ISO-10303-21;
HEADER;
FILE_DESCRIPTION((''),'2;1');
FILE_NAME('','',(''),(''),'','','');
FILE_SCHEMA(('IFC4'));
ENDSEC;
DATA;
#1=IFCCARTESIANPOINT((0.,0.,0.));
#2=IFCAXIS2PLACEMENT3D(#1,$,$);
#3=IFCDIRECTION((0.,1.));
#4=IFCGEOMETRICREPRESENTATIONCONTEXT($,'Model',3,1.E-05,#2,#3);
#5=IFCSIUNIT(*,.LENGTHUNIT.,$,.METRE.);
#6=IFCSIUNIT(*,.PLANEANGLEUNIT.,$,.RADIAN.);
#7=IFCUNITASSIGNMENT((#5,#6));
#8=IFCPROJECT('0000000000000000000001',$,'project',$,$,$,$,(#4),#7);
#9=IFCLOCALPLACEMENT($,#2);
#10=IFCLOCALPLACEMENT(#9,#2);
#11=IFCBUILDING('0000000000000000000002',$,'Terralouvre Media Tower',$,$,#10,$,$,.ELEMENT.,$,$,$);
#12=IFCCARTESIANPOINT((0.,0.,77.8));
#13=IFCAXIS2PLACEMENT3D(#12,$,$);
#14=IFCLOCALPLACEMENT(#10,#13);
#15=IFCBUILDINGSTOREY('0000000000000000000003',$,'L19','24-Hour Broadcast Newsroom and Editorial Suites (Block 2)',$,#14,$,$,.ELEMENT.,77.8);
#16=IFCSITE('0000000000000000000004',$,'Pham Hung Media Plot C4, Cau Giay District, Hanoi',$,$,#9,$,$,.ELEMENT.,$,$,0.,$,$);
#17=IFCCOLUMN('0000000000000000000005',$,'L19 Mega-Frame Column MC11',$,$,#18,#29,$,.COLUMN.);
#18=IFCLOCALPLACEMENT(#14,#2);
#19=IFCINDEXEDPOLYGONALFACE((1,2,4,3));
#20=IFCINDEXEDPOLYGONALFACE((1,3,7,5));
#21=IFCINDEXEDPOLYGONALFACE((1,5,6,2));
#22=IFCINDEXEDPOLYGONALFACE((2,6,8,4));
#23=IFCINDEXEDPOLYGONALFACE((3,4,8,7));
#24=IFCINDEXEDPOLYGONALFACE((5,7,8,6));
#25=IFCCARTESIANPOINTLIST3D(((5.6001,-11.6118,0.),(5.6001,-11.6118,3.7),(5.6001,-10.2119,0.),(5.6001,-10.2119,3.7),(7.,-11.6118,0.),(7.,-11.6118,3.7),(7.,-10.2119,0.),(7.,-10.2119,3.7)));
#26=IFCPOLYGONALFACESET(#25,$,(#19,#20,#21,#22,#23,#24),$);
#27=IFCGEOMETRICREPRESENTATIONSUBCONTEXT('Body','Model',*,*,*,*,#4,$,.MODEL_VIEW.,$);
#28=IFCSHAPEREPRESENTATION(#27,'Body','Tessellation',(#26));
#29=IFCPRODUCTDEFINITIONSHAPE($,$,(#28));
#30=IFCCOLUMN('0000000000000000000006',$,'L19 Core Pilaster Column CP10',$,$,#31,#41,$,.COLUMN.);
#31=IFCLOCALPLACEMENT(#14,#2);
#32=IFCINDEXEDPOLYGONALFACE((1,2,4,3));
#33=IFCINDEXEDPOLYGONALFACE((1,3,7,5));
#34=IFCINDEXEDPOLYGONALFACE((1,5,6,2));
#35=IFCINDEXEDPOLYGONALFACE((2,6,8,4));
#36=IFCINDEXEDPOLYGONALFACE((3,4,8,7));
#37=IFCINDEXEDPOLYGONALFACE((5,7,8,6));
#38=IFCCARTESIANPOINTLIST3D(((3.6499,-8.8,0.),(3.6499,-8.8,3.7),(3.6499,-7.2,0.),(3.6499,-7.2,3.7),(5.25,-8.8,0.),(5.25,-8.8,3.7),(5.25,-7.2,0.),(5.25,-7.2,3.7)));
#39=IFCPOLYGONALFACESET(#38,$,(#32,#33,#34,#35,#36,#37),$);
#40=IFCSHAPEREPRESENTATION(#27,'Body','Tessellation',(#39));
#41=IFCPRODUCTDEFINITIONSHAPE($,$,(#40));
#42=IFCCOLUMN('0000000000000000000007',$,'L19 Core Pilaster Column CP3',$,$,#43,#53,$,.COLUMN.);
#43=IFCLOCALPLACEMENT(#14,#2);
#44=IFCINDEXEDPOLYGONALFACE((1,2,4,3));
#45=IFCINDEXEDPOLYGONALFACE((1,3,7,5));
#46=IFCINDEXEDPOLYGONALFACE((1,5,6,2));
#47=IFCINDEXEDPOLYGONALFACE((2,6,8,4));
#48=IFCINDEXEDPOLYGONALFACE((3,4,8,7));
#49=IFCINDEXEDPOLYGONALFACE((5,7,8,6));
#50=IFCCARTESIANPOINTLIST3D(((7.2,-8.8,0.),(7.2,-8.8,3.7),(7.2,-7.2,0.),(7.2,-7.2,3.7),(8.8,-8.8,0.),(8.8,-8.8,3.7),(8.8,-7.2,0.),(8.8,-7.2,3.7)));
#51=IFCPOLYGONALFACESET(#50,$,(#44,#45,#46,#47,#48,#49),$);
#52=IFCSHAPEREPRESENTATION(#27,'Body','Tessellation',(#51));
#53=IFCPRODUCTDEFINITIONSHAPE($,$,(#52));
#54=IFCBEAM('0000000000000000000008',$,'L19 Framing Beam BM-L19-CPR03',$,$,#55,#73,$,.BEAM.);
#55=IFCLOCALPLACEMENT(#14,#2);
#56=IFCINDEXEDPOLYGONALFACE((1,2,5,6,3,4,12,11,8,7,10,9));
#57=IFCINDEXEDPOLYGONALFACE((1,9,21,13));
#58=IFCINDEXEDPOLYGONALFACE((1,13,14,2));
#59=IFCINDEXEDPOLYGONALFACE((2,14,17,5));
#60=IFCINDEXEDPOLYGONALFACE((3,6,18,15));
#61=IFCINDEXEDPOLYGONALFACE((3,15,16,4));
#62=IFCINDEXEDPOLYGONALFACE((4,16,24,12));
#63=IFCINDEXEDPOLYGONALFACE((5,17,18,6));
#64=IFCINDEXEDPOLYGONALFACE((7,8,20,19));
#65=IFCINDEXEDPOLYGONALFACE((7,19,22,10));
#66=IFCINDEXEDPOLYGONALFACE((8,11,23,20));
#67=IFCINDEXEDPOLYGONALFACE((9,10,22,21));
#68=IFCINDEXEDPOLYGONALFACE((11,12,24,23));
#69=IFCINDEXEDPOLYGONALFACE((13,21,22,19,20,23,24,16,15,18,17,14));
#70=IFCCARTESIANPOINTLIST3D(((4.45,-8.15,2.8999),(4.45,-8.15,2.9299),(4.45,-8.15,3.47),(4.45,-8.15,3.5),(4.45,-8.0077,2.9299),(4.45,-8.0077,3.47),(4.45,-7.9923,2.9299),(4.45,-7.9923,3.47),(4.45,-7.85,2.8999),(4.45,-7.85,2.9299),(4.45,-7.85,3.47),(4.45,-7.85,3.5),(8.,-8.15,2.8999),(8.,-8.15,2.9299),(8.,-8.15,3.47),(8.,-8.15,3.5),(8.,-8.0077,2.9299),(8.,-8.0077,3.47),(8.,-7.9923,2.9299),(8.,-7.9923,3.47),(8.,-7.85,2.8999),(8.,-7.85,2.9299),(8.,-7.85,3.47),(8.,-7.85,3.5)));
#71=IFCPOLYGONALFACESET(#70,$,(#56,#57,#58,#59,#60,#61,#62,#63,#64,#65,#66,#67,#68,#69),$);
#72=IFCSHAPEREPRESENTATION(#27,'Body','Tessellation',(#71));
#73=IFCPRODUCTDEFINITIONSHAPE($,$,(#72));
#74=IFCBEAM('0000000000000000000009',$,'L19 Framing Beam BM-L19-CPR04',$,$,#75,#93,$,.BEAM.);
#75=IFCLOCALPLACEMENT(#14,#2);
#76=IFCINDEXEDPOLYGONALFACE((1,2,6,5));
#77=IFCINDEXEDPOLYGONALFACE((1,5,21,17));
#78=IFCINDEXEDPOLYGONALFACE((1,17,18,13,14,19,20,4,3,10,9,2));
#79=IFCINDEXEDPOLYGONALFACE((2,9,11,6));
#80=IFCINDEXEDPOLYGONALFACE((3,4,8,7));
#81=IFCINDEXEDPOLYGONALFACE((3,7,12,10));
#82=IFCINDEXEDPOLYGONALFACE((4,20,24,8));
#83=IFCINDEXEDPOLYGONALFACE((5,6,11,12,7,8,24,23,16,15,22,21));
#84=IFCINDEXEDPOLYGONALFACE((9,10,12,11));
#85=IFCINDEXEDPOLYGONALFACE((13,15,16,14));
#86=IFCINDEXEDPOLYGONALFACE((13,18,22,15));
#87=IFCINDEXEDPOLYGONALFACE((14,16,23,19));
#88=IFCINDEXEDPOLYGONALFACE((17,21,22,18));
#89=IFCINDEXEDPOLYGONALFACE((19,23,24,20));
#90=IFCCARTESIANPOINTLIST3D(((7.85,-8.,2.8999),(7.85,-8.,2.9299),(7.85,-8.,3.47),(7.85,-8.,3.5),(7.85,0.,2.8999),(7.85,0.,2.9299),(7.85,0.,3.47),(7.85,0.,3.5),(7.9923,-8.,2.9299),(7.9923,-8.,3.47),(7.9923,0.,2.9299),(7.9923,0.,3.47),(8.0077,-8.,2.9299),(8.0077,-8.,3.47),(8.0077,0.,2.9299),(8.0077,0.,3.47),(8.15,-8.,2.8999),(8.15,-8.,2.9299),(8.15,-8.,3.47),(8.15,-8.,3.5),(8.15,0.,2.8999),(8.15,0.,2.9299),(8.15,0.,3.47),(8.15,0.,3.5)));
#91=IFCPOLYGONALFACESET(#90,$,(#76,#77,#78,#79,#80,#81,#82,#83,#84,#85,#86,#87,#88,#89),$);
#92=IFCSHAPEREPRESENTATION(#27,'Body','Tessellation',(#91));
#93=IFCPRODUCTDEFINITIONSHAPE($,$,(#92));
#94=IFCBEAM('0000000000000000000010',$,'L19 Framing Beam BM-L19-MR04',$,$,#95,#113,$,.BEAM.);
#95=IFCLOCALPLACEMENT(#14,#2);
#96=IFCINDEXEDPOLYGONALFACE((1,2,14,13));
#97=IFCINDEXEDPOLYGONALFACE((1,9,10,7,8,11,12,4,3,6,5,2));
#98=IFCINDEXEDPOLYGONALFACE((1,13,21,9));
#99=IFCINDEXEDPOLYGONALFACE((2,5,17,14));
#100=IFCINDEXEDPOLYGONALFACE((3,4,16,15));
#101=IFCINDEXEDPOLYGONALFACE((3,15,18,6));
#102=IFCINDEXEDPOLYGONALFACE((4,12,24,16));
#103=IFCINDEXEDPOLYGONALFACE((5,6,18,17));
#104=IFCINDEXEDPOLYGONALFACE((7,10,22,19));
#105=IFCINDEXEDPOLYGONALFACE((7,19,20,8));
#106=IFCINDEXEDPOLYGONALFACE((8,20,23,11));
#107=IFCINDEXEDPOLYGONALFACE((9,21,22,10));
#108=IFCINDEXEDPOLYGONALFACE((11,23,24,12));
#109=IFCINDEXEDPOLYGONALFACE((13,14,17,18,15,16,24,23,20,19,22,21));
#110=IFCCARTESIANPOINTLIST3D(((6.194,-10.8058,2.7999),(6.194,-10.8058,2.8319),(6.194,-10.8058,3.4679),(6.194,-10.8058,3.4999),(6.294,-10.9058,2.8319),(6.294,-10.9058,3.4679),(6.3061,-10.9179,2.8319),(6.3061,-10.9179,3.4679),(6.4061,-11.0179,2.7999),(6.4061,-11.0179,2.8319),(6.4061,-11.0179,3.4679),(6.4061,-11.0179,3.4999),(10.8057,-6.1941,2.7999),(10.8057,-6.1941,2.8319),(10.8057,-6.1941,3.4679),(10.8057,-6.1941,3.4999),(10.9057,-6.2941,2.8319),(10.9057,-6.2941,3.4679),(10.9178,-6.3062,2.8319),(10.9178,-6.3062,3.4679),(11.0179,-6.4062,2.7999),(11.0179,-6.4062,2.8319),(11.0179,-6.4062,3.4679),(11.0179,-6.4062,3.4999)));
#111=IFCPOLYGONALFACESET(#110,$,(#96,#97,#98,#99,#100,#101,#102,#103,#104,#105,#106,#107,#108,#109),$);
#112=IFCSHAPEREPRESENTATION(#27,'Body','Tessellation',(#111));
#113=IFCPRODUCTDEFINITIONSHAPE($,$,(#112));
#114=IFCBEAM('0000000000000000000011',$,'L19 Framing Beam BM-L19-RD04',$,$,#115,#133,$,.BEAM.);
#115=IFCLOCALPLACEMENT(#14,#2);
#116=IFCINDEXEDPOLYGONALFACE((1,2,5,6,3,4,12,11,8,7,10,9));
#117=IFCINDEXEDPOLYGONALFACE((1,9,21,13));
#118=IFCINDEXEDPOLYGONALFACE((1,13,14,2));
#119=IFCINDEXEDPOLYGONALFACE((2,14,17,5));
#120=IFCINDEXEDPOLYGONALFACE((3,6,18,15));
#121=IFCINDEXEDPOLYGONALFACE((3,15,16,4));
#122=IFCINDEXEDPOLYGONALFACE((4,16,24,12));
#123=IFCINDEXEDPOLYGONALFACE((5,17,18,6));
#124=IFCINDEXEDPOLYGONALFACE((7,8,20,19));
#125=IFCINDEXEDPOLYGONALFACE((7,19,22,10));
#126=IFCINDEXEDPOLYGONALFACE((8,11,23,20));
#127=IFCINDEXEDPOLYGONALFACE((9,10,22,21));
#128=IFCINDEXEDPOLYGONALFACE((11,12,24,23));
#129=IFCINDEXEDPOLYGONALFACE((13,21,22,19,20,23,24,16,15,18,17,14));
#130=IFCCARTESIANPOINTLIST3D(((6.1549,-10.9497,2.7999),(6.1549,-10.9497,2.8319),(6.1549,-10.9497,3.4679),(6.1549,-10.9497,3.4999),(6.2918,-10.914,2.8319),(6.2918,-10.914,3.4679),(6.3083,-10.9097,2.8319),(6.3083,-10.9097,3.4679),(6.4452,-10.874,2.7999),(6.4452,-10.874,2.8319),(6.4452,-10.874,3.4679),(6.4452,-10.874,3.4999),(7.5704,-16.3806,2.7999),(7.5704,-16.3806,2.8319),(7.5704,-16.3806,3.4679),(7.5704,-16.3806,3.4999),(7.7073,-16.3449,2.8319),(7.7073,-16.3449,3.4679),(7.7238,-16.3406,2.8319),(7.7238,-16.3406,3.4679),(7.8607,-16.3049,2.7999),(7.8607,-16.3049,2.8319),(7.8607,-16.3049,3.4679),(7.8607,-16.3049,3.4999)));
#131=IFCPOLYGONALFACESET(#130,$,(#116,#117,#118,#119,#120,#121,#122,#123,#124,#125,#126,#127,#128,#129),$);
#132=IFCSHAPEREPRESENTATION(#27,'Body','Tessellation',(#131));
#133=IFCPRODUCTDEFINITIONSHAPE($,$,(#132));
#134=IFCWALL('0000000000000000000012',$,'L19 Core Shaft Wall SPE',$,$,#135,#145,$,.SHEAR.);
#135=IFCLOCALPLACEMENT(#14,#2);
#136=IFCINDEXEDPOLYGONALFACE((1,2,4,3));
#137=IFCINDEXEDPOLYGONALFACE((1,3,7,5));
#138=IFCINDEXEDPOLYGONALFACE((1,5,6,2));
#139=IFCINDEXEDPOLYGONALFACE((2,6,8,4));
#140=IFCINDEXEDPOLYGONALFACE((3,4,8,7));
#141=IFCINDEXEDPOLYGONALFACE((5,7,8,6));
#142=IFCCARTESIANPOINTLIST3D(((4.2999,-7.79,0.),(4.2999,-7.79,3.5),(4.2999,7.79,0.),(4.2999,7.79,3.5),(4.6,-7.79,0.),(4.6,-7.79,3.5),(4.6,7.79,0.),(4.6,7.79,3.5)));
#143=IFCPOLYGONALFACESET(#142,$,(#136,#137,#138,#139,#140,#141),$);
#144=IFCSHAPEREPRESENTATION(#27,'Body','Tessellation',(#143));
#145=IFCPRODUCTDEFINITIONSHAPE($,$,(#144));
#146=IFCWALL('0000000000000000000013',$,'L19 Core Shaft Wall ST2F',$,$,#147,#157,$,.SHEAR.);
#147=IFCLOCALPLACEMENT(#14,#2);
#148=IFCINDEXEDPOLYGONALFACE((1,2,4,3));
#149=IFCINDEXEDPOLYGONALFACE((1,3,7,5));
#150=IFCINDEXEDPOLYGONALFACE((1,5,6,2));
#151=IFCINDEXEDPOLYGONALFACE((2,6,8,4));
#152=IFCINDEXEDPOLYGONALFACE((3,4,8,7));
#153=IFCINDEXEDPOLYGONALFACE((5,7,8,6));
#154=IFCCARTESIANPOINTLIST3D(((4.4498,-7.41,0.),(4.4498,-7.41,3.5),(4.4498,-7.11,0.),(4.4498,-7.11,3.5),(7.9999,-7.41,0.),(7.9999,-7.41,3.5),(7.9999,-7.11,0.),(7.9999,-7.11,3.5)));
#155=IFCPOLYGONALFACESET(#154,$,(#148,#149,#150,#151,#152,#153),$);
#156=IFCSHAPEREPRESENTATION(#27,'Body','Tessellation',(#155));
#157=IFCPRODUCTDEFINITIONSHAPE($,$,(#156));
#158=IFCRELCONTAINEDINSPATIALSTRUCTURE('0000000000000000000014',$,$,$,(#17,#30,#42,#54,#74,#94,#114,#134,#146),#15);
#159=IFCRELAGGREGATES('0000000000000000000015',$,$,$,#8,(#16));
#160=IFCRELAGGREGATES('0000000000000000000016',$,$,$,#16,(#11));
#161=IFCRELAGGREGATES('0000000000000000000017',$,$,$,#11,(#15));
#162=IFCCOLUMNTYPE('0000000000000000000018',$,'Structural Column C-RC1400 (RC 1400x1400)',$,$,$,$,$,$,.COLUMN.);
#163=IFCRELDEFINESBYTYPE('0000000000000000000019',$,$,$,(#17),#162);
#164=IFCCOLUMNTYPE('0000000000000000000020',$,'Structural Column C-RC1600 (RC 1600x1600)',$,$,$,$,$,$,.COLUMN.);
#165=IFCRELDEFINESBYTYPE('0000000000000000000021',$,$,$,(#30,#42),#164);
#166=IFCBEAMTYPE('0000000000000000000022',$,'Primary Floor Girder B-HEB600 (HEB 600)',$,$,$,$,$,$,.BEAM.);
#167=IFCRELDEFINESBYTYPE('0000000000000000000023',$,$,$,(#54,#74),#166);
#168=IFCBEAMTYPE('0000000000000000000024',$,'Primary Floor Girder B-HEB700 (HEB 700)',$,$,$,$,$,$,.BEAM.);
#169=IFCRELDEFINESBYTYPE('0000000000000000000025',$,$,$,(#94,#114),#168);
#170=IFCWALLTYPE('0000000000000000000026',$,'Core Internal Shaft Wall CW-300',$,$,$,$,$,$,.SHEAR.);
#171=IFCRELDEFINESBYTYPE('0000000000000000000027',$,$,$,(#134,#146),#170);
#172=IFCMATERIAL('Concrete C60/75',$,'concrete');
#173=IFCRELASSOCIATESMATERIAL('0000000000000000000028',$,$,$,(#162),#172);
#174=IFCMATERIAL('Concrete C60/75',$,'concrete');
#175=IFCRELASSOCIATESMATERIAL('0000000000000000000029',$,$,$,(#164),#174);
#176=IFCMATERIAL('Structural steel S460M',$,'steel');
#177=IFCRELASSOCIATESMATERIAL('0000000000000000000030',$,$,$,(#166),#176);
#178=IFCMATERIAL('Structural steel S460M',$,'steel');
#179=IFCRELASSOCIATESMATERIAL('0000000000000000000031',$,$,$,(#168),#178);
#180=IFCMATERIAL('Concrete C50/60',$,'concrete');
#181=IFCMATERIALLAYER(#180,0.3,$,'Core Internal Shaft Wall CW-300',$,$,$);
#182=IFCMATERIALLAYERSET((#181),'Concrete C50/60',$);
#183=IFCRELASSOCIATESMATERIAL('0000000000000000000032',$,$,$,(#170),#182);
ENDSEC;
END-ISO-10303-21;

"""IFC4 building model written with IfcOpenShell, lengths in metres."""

from ifc_helpers import new_model, si_unit, direction, frame, frame_2d, origin, origin_2d, place, context, subcontext, project, spatial, rectangle, i_section, extrude, material, layer, layer_set, material_profile, profile_set, type_object, element, save


model = new_model("IFC4")

# Units and contexts
model_context = context("Model", 3, precision=1e-05, world=origin(), true_north=direction((0.0, 1.0)))
body_context = subcontext(model_context, "Body", "Model", "MODEL_VIEW")
ifc_project = project(units=[si_unit("LENGTHUNIT", "METRE"), si_unit("PLANEANGLEUNIT", "RADIAN")], contexts=[model_context])

# Site, building, storey
site_placement = place(None, origin())
site = spatial("IfcSite", under=ifc_project, at=site_placement, Name="Pham Hung Media Plot C4, Cau Giay District, Hanoi", CompositionType="ELEMENT", RefElevation=0.0)
building_placement = place(site_placement, origin())
building = spatial("IfcBuilding", under=site, at=building_placement, Name="Terralouvre Media Tower", CompositionType="ELEMENT")
storey_placement = place(building_placement, frame((0.0, 0.0, 77.8)))
storey = spatial("IfcBuildingStorey", under=building, at=storey_placement, Name="L19", Description="24-Hour Broadcast Newsroom and Editorial Suites (Block 2)", CompositionType="ELEMENT", Elevation=77.8)

# Columns
ifc_material_1 = material(Name="Concrete C60/75", Category="concrete")
ifc_material_profile_1 = material_profile(ifc_material_1, rectangle(XDim=1.3999, YDim=1.3999, at=origin_2d()), Name="RC 1400x1400")
ifc_profile_set_1 = profile_set([ifc_material_profile_1], Name="Concrete C60/75")
column_type_1 = type_object("IfcColumnType", Name="Structural Column C-RC1400 (RC 1400x1400)", PredefinedType="COLUMN", material=ifc_profile_set_1)
column_placement = place(storey_placement, frame((6.3, -10.9119, 0.0), z_axis=(0.0, 0.0, 1.0), x_axis=(1.0, 0.0, 0.0)))
element("IfcColumn", 1, at=column_placement, inside=storey, type_object=column_type_1, Name="L19 Mega-Frame Column MC11", PredefinedType="COLUMN", context=body_context, shape_type="SweptSolid", body=[
    extrude(rectangle(XDim=1.3999, YDim=1.3999, at=origin_2d()), origin(), (0.0, 0.0, 1.0), 3.7),
])
ifc_material_2 = material(Name="Concrete C60/75", Category="concrete")
ifc_material_profile_2 = material_profile(ifc_material_2, rectangle(XDim=1.6001, YDim=1.6001, at=origin_2d()), Name="RC 1600x1600")
ifc_profile_set_2 = profile_set([ifc_material_profile_2], Name="Concrete C60/75")
column_type_2 = type_object("IfcColumnType", Name="Structural Column C-RC1600 (RC 1600x1600)", PredefinedType="COLUMN", material=ifc_profile_set_2)
for number, where, z_axis, x_axis, name in (
    (2, (4.45, -8.0, 0.0), (0.0, 0.0, 1.0), (1.0, 0.0, 0.0), "L19 Core Pilaster Column CP10"),
    (3, (8.0, -8.0, 0.0), (0.0, 0.0, 1.0), (1.0, 0.0, 0.0), "L19 Core Pilaster Column CP3"),
):
    element("IfcColumn", number, at=place(storey_placement, frame(where, z_axis=z_axis, x_axis=x_axis)), inside=storey, type_object=column_type_2, Name=name, PredefinedType="COLUMN", context=body_context, shape_type="SweptSolid", body=[
        extrude(rectangle(XDim=1.6001, YDim=1.6001, at=origin_2d()), origin(), (0.0, 0.0, 1.0), 3.7),
    ])

# Beams
ifc_material_3 = material(Name="Structural steel S460M", Category="steel")
ifc_material_profile_3 = material_profile(ifc_material_3, i_section(OverallWidth=0.3, OverallDepth=0.6001, WebThickness=0.0154, FlangeThickness=0.03, at=origin_2d()), Name="HEB 600")
ifc_profile_set_3 = profile_set([ifc_material_profile_3], Name="Structural steel S460M")
beam_type_1 = type_object("IfcBeamType", Name="Primary Floor Girder B-HEB600 (HEB 600)", PredefinedType="BEAM", material=ifc_profile_set_3)
beam_1_placement = place(storey_placement, frame((4.45, -8.0, 3.2), z_axis=(1.0, 0.0, 0.0), x_axis=(0.0, 1.0, 0.0)))
element("IfcBeam", 4, at=beam_1_placement, inside=storey, type_object=beam_type_1, Name="L19 Framing Beam BM-L19-CPR03", PredefinedType="BEAM", context=body_context, shape_type="SweptSolid", body=[
    extrude(i_section(OverallWidth=0.3, OverallDepth=0.6001, WebThickness=0.0154, FlangeThickness=0.03, at=origin_2d()), origin(), (0.0, 0.0, 1.0), 3.55),
])
beam_2_placement = place(storey_placement, frame((8.0, -8.0, 3.2), z_axis=(0.0, 1.0, 0.0), x_axis=(-1.0, 0.0, 0.0)))
element("IfcBeam", 5, at=beam_2_placement, inside=storey, type_object=beam_type_1, Name="L19 Framing Beam BM-L19-CPR04", PredefinedType="BEAM", context=body_context, shape_type="SweptSolid", body=[
    extrude(i_section(OverallWidth=0.3, OverallDepth=0.6001, WebThickness=0.0154, FlangeThickness=0.03, at=origin_2d()), origin(), (0.0, 0.0, 1.0), 8.0),
])
ifc_material_4 = material(Name="Structural steel S460M", Category="steel")
ifc_material_profile_4 = material_profile(ifc_material_4, i_section(OverallWidth=0.3, OverallDepth=0.7, WebThickness=0.0171, FlangeThickness=0.032, at=origin_2d()), Name="HEB 700")
ifc_profile_set_4 = profile_set([ifc_material_profile_4], Name="Structural steel S460M")
beam_type_2 = type_object("IfcBeamType", Name="Primary Floor Girder B-HEB700 (HEB 700)", PredefinedType="BEAM", material=ifc_profile_set_4)
beam_3_placement = place(storey_placement, frame((6.3, -10.9119, 3.1499), z_axis=(0.707107, 0.707107, 0.0), x_axis=(-0.707107, 0.707107, 0.0)))
element("IfcBeam", 6, at=beam_3_placement, inside=storey, type_object=beam_type_2, Name="L19 Framing Beam BM-L19-MR04", PredefinedType="BEAM", context=body_context, shape_type="SweptSolid", body=[
    extrude(i_section(OverallWidth=0.3, OverallDepth=0.7, WebThickness=0.0171, FlangeThickness=0.032, at=origin_2d()), origin(), (0.0, 0.0, 1.0), 6.522),
])
beam_4_placement = place(storey_placement, frame((6.3, -10.9119, 3.1499), z_axis=(0.252216, -0.967671, 0.0), x_axis=(0.967671, 0.252216, 0.0)))
element("IfcBeam", 7, at=beam_4_placement, inside=storey, type_object=beam_type_2, Name="L19 Framing Beam BM-L19-RD04", PredefinedType="BEAM", context=body_context, shape_type="SweptSolid", body=[
    extrude(i_section(OverallWidth=0.3, OverallDepth=0.7, WebThickness=0.0171, FlangeThickness=0.032, at=origin_2d()), origin(), (0.0, 0.0, 1.0), 5.6123),
])

# Walls
ifc_material_5 = material(Name="Concrete C50/60", Category="concrete")
ifc_layer_1 = layer(ifc_material_5, 0.3, Name="Core Internal Shaft Wall CW-300")
ifc_layer_set_1 = layer_set([ifc_layer_1], Name="Concrete C50/60")
wall_type_1 = type_object("IfcWallType", Name="Core Internal Shaft Wall CW-300", PredefinedType="SHEAR", material=ifc_layer_set_1)
wall_1_placement = place(storey_placement, frame((4.45, -7.79, 0.0), z_axis=(0.0, 0.0, 1.0), x_axis=(0.0, 1.0, 0.0)))
element("IfcWall", 8, at=wall_1_placement, inside=storey, type_object=wall_type_1, Name="L19 Core Shaft Wall SPE", PredefinedType="SHEAR", context=body_context, shape_type="SweptSolid", body=[
    extrude(rectangle(XDim=15.5801, YDim=0.3, at=frame_2d((7.79, 0.0))), origin(), (0.0, 0.0, 1.0), 3.5),
])
wall_2_placement = place(storey_placement, frame((4.45, -7.26, 0.0), z_axis=(0.0, 0.0, 1.0), x_axis=(1.0, 0.0, 0.0)))
element("IfcWall", 9, at=wall_2_placement, inside=storey, type_object=wall_type_1, Name="L19 Core Shaft Wall ST2F", PredefinedType="SHEAR", context=body_context, shape_type="SweptSolid", body=[
    extrude(rectangle(XDim=3.55, YDim=0.3, at=frame_2d((1.7749, 0.0))), origin(), (0.0, 0.0, 1.0), 3.5),
])

save(model, "model.ifc")
